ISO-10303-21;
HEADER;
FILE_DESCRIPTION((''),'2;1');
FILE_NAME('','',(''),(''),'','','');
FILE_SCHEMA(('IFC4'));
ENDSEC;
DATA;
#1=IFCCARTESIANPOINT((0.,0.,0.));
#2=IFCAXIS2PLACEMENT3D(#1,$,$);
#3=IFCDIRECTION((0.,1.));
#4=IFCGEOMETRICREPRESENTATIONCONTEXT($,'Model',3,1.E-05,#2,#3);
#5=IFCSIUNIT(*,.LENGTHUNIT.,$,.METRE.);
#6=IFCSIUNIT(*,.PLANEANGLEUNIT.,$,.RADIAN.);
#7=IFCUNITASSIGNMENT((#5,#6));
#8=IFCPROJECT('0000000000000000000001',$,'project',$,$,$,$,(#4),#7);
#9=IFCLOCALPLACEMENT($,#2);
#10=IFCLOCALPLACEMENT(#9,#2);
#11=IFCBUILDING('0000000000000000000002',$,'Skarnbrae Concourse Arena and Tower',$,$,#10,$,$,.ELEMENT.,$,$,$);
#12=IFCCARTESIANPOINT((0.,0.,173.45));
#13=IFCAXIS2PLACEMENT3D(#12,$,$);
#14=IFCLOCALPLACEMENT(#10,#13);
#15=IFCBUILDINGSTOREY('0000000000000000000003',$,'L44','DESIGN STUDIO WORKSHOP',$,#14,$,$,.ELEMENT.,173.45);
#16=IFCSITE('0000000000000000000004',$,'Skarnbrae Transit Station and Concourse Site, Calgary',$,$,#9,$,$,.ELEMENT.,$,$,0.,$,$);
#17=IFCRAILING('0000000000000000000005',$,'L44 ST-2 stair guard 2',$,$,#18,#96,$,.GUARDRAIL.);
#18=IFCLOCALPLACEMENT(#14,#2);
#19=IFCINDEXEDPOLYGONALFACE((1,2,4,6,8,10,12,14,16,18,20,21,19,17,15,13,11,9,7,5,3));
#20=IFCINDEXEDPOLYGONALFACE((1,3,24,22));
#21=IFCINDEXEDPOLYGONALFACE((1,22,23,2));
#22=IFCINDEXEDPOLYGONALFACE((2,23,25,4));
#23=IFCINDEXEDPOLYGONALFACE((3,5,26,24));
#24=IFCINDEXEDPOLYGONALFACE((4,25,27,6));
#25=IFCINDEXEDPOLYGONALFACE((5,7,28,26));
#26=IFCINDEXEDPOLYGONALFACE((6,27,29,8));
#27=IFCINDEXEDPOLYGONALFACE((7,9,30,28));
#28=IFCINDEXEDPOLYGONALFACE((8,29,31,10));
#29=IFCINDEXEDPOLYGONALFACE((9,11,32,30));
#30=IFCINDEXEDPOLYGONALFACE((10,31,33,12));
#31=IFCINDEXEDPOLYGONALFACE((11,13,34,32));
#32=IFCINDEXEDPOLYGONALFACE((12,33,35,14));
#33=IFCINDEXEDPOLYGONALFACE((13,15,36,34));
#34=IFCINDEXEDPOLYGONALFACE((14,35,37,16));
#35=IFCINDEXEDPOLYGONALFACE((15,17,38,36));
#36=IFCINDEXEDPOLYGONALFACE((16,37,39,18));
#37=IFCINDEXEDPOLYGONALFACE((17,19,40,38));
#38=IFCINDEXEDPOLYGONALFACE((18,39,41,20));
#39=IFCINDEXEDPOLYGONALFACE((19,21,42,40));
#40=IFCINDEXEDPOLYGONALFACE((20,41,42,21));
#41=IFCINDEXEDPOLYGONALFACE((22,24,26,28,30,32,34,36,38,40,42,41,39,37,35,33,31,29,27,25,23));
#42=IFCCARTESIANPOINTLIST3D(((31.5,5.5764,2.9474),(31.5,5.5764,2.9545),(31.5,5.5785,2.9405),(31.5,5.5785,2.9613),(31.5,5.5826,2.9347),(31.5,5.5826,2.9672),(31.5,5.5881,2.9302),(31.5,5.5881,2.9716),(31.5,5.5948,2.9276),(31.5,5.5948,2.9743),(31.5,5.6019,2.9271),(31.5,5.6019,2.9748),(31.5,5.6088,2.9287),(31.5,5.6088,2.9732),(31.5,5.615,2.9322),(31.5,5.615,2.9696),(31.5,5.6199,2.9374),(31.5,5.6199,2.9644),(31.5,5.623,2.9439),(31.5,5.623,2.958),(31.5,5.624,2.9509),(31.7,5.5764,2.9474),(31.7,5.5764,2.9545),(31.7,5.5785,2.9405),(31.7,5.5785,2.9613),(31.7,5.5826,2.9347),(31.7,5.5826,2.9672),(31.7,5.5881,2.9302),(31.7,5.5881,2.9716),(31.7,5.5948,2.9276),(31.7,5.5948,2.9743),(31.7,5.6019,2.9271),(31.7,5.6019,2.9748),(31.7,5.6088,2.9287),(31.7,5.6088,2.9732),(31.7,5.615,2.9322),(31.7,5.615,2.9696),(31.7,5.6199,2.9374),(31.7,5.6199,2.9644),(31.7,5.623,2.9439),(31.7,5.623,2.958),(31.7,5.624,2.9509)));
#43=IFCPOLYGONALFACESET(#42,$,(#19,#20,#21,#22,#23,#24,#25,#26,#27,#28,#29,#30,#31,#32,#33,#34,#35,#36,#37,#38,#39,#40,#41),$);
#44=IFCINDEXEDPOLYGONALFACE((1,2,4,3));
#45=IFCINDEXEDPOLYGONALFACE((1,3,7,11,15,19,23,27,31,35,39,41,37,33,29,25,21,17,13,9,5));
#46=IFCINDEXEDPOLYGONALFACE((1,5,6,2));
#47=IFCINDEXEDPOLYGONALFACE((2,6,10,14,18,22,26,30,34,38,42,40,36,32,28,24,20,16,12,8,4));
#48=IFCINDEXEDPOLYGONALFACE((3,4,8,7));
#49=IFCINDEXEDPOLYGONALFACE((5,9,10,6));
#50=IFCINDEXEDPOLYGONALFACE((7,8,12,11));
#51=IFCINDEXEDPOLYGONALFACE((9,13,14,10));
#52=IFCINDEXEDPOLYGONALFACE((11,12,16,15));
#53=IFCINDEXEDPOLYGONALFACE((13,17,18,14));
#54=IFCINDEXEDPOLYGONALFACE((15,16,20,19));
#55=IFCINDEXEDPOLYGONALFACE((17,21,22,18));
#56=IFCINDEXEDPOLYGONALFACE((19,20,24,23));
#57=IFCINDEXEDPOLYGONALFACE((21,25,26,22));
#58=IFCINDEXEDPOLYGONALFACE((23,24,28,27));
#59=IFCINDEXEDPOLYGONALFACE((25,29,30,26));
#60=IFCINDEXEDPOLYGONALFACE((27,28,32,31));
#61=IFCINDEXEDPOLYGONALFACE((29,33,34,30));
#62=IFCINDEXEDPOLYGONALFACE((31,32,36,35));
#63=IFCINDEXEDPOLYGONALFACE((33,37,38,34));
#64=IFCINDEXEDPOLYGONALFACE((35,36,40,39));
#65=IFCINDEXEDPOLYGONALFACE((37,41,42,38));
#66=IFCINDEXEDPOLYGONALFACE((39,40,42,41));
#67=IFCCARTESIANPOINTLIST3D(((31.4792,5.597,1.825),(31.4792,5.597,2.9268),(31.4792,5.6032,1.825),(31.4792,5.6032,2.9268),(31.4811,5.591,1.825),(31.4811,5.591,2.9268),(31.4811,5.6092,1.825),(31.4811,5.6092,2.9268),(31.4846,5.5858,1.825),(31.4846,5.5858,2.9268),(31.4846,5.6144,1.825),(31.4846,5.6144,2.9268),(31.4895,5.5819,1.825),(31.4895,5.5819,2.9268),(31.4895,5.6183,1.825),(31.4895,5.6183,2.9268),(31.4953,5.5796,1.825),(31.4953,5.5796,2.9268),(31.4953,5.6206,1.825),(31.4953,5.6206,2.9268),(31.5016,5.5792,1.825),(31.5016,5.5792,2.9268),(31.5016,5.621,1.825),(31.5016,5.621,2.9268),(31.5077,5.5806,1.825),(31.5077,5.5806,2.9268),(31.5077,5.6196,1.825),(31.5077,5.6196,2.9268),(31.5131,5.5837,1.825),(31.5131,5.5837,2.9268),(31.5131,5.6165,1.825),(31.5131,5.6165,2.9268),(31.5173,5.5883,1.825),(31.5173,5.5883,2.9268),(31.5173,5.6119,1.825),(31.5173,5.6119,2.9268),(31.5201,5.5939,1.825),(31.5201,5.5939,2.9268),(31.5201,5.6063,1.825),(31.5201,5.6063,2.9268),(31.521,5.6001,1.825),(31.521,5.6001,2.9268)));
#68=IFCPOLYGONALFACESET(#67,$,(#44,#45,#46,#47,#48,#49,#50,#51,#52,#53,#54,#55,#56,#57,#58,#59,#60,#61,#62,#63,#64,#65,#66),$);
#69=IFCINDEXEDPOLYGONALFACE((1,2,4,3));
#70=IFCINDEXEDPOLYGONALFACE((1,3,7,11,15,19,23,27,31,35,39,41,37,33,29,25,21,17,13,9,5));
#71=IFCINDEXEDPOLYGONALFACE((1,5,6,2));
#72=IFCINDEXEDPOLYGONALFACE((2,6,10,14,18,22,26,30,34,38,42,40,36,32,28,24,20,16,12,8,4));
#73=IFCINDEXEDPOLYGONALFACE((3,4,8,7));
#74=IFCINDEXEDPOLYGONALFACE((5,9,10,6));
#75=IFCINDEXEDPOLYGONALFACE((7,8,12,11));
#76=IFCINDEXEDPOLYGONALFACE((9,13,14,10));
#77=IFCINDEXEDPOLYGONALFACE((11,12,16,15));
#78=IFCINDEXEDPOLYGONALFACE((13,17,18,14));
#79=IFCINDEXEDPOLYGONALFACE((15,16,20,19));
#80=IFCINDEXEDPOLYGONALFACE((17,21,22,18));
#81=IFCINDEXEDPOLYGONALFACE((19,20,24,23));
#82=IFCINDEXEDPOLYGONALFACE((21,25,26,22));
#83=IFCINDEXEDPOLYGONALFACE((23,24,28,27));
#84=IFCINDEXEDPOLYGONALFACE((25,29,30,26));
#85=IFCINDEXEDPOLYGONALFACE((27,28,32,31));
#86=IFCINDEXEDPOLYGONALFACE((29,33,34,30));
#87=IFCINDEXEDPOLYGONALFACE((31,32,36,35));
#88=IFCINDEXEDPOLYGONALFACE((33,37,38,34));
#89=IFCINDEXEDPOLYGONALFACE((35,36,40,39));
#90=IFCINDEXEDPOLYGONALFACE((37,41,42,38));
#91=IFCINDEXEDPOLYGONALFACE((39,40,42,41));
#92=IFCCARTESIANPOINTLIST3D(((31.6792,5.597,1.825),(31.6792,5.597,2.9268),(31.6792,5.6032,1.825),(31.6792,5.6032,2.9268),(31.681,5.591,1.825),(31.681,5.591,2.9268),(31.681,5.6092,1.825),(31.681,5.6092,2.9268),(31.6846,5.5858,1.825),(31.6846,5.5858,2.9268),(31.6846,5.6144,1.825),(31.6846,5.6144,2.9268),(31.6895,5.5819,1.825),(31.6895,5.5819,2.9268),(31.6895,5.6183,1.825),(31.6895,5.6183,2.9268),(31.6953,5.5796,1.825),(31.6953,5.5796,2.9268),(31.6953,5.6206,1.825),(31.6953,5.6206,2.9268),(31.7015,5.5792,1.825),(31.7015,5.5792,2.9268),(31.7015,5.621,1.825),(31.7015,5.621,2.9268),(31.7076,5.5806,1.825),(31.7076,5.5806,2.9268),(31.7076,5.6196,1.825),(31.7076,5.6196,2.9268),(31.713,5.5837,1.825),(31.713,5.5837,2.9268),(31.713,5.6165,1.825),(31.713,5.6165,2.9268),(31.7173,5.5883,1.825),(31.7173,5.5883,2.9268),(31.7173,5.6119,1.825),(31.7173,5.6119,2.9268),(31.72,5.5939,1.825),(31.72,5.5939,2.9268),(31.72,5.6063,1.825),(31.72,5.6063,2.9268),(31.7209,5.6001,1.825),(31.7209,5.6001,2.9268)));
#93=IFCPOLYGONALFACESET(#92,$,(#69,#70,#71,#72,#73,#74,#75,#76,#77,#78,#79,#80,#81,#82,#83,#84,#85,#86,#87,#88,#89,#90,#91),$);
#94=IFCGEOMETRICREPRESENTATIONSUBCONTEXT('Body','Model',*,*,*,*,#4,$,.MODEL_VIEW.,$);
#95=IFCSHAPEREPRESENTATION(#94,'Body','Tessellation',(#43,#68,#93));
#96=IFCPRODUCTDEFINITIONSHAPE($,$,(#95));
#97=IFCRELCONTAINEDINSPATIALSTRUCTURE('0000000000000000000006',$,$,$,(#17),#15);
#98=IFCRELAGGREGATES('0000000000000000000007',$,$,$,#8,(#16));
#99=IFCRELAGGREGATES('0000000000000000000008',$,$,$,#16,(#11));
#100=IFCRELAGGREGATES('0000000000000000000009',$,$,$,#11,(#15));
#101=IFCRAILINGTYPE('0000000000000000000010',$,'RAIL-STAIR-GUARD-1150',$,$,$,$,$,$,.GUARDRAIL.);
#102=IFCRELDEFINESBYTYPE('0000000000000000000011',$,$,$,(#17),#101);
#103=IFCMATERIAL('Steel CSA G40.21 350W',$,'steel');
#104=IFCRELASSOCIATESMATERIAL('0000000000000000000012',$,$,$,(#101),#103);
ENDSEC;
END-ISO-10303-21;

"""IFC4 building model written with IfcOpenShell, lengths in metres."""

from ifc_helpers import new_model, si_unit, direction, frame, origin, origin_2d, place, context, subcontext, project, spatial, circle, extrude, material, type_object, element, save


model = new_model("IFC4")

# Units and contexts
model_context = context("Model", 3, precision=1e-05, world=origin(), true_north=direction((0.0, 1.0)))
body_context = subcontext(model_context, "Body", "Model", "MODEL_VIEW")
ifc_project = project(units=[si_unit("LENGTHUNIT", "METRE"), si_unit("PLANEANGLEUNIT", "RADIAN")], contexts=[model_context])

# Site, building, storey
site_placement = place(None, origin())
site = spatial("IfcSite", under=ifc_project, at=site_placement, Name="Skarnbrae Transit Station and Concourse Site, Calgary", CompositionType="ELEMENT", RefElevation=0.0)
building_placement = place(site_placement, origin())
building = spatial("IfcBuilding", under=site, at=building_placement, Name="Skarnbrae Concourse Arena and Tower", CompositionType="ELEMENT")
storey_placement = place(building_placement, frame((0.0, 0.0, 173.45)))
storey = spatial("IfcBuildingStorey", under=building, at=storey_placement, Name="L44", Description="DESIGN STUDIO WORKSHOP", CompositionType="ELEMENT", Elevation=173.45)

# Shared definitions
ifc_material_1 = material(Name="Steel CSA G40.21 350W", Category="steel")

# Railing
railing_type_1 = type_object("IfcRailingType", Name="RAIL-STAIR-GUARD-1150", PredefinedType="GUARDRAIL", material=ifc_material_1)
railing_1_placement = place(storey_placement, frame((31.5, 5.6001, 1.825)))
element("IfcRailing", 1, at=railing_1_placement, inside=storey, type_object=railing_type_1, Name="L44 ST-2 stair guard 2", PredefinedType="GUARDRAIL", context=body_context, shape_type="SweptSolid", body=[
    extrude(circle(Radius=0.0239, at=origin_2d()), frame((0.0, 0.0, 1.126), z_axis=(1.0, 0.0, 0.0), x_axis=(0.0, 1.0, 0.0)), (0.0, 0.0, 1.0), 0.2),
    extrude(circle(Radius=0.021, at=origin_2d()), origin(), (0.0, 0.0, 1.0), 1.1018),
    extrude(circle(Radius=0.021, at=origin_2d()), frame((0.2, 0.0, 0.0)), (0.0, 0.0, 1.0), 1.1018),
])

save(model, "model.ifc")
